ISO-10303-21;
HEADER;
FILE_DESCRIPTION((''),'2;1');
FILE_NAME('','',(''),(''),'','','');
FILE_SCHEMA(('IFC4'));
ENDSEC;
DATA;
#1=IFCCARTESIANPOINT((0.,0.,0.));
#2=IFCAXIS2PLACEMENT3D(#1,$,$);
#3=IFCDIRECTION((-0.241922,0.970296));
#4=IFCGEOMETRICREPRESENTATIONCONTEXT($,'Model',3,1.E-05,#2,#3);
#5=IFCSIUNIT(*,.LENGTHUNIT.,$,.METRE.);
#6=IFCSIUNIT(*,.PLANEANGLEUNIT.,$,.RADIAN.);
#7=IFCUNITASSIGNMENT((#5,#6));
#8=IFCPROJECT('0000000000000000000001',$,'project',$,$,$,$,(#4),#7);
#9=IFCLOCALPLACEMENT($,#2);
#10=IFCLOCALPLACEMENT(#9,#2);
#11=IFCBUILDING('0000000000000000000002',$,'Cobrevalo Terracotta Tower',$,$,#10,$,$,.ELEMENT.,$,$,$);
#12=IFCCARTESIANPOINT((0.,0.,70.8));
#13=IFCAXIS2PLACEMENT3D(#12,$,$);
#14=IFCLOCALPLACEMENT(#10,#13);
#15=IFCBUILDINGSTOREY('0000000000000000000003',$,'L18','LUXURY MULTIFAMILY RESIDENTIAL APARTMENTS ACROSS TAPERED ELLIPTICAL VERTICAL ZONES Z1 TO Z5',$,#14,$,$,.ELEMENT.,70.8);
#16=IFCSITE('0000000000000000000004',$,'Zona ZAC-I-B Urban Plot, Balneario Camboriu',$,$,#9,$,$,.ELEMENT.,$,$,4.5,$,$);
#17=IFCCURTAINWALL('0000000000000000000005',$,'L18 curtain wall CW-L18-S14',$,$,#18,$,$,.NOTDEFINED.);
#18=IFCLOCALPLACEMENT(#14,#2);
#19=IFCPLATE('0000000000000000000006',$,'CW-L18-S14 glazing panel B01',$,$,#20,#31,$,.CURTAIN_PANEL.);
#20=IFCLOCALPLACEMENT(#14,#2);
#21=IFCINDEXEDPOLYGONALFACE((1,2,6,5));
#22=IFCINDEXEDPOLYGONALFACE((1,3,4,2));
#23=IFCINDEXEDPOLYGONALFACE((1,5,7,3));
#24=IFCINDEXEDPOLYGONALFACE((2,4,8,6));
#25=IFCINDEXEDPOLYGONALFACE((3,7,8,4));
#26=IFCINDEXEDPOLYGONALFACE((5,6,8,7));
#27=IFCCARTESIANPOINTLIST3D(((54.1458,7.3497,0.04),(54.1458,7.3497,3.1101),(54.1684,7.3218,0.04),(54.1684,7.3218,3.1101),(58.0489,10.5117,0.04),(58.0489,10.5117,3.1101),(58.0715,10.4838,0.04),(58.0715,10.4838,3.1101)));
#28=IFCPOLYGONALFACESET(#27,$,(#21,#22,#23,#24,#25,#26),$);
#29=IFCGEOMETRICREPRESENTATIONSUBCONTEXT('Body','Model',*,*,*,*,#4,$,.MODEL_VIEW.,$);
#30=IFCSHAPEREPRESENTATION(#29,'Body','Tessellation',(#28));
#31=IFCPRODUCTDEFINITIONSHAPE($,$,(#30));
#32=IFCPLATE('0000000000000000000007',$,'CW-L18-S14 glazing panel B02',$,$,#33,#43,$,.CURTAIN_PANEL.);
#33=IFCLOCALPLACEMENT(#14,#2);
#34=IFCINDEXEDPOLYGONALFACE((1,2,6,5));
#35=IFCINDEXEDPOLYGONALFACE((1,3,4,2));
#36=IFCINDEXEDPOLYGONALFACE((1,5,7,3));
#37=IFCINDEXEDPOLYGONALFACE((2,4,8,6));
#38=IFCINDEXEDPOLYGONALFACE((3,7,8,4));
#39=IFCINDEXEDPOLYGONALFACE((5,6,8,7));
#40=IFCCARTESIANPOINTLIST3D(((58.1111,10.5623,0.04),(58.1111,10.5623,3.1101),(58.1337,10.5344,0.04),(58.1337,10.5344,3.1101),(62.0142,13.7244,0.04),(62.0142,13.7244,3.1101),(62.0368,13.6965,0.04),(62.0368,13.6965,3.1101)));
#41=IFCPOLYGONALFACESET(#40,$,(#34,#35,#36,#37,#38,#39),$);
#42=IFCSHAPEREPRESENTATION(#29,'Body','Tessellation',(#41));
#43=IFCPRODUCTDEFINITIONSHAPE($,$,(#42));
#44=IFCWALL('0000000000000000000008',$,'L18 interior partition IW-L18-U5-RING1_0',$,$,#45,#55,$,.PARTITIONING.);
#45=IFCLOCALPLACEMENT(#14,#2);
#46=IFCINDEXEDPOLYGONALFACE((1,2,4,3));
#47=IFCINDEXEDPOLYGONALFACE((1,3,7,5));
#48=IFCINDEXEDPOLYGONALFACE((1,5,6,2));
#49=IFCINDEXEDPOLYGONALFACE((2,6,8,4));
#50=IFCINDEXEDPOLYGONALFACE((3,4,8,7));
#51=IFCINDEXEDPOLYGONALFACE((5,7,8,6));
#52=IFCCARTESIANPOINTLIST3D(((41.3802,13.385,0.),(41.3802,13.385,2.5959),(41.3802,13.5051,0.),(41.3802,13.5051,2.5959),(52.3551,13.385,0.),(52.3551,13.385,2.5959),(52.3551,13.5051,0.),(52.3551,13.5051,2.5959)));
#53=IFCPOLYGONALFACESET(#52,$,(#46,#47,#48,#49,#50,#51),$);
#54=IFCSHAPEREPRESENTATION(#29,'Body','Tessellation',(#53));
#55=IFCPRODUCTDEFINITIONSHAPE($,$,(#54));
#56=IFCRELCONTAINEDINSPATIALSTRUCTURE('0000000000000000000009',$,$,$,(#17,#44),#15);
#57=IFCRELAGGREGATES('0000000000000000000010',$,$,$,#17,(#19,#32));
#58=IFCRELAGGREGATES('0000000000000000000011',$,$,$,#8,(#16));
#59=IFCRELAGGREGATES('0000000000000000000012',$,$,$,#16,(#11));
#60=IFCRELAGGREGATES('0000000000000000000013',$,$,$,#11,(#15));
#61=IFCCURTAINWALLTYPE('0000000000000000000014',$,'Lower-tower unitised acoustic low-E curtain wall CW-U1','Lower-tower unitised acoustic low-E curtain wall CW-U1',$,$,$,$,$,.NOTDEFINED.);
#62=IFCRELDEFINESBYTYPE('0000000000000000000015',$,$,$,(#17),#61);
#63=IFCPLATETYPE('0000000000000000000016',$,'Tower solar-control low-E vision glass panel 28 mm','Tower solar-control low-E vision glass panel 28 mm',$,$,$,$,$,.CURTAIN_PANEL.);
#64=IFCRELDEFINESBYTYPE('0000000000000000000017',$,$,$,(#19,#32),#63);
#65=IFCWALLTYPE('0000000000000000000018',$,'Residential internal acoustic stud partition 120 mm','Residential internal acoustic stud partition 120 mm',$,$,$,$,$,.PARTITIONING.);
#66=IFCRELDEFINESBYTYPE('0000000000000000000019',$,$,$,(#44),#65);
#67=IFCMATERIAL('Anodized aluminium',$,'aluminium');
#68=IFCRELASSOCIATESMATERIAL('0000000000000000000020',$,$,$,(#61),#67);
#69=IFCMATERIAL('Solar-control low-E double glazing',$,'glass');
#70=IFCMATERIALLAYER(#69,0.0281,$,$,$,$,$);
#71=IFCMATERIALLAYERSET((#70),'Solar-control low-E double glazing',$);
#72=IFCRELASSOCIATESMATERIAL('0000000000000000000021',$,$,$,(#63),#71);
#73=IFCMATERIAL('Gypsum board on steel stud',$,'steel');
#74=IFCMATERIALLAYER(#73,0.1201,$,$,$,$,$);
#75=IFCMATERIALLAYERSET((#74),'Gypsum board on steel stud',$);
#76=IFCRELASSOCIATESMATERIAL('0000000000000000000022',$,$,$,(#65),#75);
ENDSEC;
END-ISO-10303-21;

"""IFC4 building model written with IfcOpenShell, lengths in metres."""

from ifc_helpers import new_model, si_unit, direction, frame, frame_2d, origin, origin_2d, place, context, subcontext, project, spatial, rectangle, extrude, source, transform, mapped, material, layer, layer_set, type_object, element, aggregate, save


model = new_model("IFC4")

# Units and contexts
model_context = context("Model", 3, precision=1e-05, world=origin(), true_north=direction((-0.241922, 0.970296)))
body_context = subcontext(model_context, "Body", "Model", "MODEL_VIEW")
ifc_project = project(units=[si_unit("LENGTHUNIT", "METRE"), si_unit("PLANEANGLEUNIT", "RADIAN")], contexts=[model_context])

# Site, building, storey
site_placement = place(None, origin())
site = spatial("IfcSite", under=ifc_project, at=site_placement, Name="Zona ZAC-I-B Urban Plot, Balneario Camboriu", CompositionType="ELEMENT", RefElevation=4.5)
building_placement = place(site_placement, origin())
building = spatial("IfcBuilding", under=site, at=building_placement, Name="Cobrevalo Terracotta Tower", CompositionType="ELEMENT")
storey_placement = place(building_placement, frame((0.0, 0.0, 70.8)))
storey = spatial("IfcBuildingStorey", under=building, at=storey_placement, Name="L18", Description="LUXURY MULTIFAMILY RESIDENTIAL APARTMENTS ACROSS TAPERED ELLIPTICAL VERTICAL ZONES Z1 TO Z5", CompositionType="ELEMENT", Elevation=70.8)

# Curtain wall
ifc_material_1 = material(Name="Anodized aluminium", Category="aluminium")
curtain_wall_type = type_object("IfcCurtainWallType", Name="Lower-tower unitised acoustic low-E curtain wall CW-U1", Description="Lower-tower unitised acoustic low-E curtain wall CW-U1", PredefinedType="NOTDEFINED", material=ifc_material_1)
curtain_wall_1_placement = place(storey_placement, origin())
curtain_wall_1 = element("IfcCurtainWall", 1, at=curtain_wall_1_placement, inside=storey, type_object=curtain_wall_type, Name="L18 curtain wall CW-L18-S14", PredefinedType="NOTDEFINED")

# Plates
ifc_material_2 = material(Name="Solar-control low-E double glazing", Category="glass")
ifc_layer_1 = layer(ifc_material_2, 0.0281)
ifc_layer_set_1 = layer_set([ifc_layer_1], Name="Solar-control low-E double glazing")
plate_type_1 = type_object("IfcPlateType", Name="Tower solar-control low-E vision glass panel 28 mm", Description="Tower solar-control low-E vision glass panel 28 mm", PredefinedType="CURTAIN_PANEL", material=ifc_layer_set_1)
shared_shape_1 = source(origin(), body_context, "Body", "SweptSolid", [
    extrude(rectangle(XDim=5.0232, YDim=0.0359, at=origin_2d()), origin(), (0.0, 0.0, 1.0), 3.0701),
])
plate_1_placement = place(storey_placement, frame((56.1086, 8.9167, 0.04), z_axis=(0.0, 0.0, 1.0), x_axis=(0.777008, 0.629491, 0.0)))
plate_1 = element("IfcPlate", 2, at=plate_1_placement, type_object=plate_type_1, Name="CW-L18-S14 glazing panel B01", PredefinedType="CURTAIN_PANEL", context=body_context, shape_type="MappedRepresentation", body=[
    mapped(shared_shape_1, transform((0.0, 0.0, 0.0), scale=1.0)),
])
plate_2_placement = place(storey_placement, frame((60.074, 12.1294, 0.04), z_axis=(0.0, 0.0, 1.0), x_axis=(0.777008, 0.629491, 0.0)))
plate_2 = element("IfcPlate", 3, at=plate_2_placement, type_object=plate_type_1, Name="CW-L18-S14 glazing panel B02", PredefinedType="CURTAIN_PANEL", context=body_context, shape_type="MappedRepresentation", body=[
    mapped(shared_shape_1, transform((0.0, 0.0, 0.0), scale=1.0)),
])
aggregate(curtain_wall_1, [plate_1, plate_2])

# Wall
ifc_material_3 = material(Name="Gypsum board on steel stud", Category="steel")
ifc_layer_2 = layer(ifc_material_3, 0.1201)
ifc_layer_set_2 = layer_set([ifc_layer_2], Name="Gypsum board on steel stud")
wall_type = type_object("IfcWallType", Name="Residential internal acoustic stud partition 120 mm", Description="Residential internal acoustic stud partition 120 mm", PredefinedType="PARTITIONING", material=ifc_layer_set_2)
wall_placement = place(storey_placement, frame((52.355, 13.4451, 0.0), z_axis=(0.0, 0.0, 1.0), x_axis=(-1.0, 0.0, 0.0)))
element("IfcWall", 4, at=wall_placement, inside=storey, type_object=wall_type, Name="L18 interior partition IW-L18-U5-RING1_0", PredefinedType="PARTITIONING", context=body_context, shape_type="SweptSolid", body=[
    extrude(rectangle(XDim=10.9749, YDim=0.1201, at=frame_2d((5.4873, 0.0))), origin(), (0.0, 0.0, 1.0), 2.5959),
])

save(model, "model.ifc")
